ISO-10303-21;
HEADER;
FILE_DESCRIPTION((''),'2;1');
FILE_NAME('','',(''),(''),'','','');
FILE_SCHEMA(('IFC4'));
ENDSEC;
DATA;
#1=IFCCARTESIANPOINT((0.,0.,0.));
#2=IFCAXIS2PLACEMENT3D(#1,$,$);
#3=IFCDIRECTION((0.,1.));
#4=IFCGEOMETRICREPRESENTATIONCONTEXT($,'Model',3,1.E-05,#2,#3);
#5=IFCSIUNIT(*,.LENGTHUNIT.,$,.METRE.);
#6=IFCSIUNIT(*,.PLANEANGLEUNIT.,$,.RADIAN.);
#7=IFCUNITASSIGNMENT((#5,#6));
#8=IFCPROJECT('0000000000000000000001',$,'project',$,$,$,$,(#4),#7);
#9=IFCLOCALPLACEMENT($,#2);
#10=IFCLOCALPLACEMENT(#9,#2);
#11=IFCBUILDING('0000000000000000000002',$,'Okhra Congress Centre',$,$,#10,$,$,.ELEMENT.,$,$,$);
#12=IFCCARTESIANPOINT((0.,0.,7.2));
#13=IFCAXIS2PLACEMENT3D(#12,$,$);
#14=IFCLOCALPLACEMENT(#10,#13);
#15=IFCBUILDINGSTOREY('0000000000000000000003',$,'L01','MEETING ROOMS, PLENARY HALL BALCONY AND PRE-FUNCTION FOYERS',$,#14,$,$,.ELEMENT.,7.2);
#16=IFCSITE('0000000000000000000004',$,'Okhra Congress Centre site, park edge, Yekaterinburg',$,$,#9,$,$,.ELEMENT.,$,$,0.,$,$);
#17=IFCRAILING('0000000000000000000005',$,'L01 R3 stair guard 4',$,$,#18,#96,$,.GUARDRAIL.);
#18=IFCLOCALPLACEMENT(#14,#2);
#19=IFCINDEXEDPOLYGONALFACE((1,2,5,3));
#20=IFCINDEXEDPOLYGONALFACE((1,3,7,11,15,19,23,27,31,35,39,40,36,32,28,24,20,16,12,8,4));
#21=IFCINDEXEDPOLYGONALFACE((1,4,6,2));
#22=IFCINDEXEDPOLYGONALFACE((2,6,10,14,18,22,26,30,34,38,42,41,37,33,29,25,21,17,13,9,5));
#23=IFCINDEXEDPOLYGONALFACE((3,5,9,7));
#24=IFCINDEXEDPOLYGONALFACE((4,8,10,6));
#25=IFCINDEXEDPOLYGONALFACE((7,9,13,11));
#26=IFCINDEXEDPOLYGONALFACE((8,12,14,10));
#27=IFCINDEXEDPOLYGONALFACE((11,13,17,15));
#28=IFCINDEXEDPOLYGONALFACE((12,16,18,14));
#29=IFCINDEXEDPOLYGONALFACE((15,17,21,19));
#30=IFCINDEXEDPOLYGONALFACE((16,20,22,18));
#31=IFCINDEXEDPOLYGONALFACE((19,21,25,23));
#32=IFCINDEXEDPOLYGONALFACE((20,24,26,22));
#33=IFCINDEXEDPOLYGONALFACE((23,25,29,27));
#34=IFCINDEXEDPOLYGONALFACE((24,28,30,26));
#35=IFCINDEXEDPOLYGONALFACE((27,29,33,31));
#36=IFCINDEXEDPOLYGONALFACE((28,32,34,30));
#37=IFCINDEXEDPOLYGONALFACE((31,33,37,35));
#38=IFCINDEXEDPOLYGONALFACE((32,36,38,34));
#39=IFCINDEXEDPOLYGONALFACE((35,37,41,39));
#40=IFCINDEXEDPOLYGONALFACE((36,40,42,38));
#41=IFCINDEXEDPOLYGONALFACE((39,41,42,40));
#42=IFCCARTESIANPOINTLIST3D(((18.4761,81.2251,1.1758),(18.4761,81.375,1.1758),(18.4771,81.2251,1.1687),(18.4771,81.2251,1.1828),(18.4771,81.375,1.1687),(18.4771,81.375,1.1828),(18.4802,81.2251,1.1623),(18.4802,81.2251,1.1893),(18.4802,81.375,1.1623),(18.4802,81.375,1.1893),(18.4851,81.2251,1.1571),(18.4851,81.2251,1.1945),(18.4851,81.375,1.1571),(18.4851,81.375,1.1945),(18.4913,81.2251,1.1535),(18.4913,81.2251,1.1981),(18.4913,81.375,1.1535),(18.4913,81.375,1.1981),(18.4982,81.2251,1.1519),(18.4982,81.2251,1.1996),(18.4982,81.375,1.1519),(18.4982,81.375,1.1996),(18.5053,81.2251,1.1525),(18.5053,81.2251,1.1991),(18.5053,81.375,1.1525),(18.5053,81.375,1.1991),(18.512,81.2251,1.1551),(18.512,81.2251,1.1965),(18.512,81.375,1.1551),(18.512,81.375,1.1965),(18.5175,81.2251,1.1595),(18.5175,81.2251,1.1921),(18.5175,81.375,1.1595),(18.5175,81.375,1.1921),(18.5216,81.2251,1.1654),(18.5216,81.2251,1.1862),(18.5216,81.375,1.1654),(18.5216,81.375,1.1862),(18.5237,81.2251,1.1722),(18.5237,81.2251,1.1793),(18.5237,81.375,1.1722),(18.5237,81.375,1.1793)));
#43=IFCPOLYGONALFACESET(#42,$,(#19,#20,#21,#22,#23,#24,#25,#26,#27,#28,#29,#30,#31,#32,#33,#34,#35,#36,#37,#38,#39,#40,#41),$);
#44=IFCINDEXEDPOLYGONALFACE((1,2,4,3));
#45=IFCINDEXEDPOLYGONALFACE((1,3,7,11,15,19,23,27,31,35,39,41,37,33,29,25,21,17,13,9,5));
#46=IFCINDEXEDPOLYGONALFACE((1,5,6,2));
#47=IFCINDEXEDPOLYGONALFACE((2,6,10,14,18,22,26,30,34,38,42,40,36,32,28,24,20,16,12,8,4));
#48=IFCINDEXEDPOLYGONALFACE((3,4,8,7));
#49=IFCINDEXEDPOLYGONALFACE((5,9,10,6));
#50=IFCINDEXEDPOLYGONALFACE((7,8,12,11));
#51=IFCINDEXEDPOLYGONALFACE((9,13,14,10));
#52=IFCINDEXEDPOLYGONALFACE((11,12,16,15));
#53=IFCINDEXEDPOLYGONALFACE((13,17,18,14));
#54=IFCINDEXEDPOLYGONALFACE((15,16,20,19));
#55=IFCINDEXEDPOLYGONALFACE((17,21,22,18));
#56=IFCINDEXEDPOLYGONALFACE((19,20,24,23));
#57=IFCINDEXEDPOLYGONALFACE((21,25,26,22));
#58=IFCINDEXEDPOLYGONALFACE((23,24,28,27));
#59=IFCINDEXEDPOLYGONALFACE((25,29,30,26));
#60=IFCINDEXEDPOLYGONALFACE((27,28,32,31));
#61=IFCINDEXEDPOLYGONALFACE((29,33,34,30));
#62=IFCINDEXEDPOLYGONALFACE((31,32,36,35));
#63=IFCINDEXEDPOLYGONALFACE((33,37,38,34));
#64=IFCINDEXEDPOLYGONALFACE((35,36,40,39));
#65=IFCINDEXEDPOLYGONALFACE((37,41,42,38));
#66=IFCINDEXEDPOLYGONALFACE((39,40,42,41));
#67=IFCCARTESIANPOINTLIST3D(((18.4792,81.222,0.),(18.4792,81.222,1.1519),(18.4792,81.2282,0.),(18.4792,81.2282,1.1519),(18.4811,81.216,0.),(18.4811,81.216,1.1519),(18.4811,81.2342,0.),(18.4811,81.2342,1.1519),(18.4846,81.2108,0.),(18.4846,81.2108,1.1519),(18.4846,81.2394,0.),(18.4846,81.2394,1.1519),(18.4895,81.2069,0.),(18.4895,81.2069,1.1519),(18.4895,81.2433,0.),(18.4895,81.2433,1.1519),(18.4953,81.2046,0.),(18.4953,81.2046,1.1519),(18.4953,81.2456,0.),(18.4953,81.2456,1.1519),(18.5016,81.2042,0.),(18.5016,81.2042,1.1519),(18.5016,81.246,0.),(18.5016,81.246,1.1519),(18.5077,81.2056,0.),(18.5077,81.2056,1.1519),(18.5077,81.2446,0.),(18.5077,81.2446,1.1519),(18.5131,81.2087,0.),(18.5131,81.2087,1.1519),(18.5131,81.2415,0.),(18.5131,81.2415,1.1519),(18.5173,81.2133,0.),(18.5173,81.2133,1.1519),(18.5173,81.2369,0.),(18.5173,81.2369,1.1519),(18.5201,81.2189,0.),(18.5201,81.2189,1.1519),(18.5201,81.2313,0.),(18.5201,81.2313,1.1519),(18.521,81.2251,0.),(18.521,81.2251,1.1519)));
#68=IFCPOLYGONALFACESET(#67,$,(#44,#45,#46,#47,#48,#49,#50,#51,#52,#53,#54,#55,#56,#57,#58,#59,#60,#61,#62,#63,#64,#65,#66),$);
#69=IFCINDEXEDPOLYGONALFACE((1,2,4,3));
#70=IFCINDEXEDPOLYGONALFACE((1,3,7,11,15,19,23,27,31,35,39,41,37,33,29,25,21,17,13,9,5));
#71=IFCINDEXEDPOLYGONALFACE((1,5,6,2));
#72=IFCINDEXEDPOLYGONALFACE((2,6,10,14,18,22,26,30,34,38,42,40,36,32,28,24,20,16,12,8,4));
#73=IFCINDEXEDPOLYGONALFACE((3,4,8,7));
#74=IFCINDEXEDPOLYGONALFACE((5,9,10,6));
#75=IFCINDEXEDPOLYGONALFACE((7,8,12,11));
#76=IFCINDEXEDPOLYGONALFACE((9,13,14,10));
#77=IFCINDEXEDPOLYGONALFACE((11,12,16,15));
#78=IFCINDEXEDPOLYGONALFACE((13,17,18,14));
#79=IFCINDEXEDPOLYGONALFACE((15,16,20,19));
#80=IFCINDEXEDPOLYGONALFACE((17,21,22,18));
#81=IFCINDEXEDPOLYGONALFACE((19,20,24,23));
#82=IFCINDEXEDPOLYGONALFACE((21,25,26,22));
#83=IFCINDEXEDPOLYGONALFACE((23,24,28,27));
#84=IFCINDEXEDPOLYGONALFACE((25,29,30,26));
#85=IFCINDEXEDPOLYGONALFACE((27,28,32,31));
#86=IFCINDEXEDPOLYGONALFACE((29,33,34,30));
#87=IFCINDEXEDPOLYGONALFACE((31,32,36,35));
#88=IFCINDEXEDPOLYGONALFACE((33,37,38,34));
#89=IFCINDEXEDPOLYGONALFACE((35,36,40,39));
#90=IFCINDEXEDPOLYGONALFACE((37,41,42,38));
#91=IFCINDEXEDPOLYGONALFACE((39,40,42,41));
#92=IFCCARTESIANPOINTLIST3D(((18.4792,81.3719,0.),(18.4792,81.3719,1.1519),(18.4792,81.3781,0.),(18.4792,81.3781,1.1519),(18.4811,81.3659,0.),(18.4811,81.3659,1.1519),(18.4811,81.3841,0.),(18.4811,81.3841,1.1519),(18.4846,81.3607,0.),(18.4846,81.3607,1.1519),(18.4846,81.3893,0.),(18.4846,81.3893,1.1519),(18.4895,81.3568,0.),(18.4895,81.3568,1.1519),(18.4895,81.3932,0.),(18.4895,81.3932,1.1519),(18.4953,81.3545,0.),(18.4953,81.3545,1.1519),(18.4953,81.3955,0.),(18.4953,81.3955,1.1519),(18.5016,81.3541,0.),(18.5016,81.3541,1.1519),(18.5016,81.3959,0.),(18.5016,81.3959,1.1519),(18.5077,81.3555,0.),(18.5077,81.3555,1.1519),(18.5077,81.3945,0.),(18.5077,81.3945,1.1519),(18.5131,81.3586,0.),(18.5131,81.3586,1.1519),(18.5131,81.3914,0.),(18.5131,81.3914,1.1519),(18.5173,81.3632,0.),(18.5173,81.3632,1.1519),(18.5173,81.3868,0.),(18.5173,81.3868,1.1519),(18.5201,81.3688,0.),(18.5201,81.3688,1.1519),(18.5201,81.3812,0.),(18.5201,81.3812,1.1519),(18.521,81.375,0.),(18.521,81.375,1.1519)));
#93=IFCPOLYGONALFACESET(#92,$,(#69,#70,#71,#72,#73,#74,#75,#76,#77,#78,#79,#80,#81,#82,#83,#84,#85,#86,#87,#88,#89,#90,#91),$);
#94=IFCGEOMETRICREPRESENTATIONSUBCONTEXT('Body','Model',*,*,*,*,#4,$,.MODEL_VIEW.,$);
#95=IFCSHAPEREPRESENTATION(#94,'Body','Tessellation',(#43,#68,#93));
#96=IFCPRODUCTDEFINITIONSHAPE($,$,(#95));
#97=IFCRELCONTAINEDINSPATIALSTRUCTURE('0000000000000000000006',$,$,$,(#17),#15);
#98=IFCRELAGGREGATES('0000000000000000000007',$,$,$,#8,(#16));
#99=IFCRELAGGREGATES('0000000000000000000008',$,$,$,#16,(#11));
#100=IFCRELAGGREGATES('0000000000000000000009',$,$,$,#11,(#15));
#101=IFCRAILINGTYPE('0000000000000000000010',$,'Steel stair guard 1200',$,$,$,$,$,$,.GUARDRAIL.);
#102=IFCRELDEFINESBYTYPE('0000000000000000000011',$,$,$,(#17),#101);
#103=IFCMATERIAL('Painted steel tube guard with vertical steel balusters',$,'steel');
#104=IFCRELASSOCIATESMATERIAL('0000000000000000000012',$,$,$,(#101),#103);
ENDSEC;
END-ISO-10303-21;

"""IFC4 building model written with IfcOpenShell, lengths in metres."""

from ifc_helpers import new_model, si_unit, direction, frame, origin, origin_2d, place, context, subcontext, project, spatial, circle, extrude, material, type_object, element, save


model = new_model("IFC4")

# Units and contexts
model_context = context("Model", 3, precision=1e-05, world=origin(), true_north=direction((0.0, 1.0)))
body_context = subcontext(model_context, "Body", "Model", "MODEL_VIEW")
ifc_project = project(units=[si_unit("LENGTHUNIT", "METRE"), si_unit("PLANEANGLEUNIT", "RADIAN")], contexts=[model_context])

# Site, building, storey
site_placement = place(None, origin())
site = spatial("IfcSite", under=ifc_project, at=site_placement, Name="Okhra Congress Centre site, park edge, Yekaterinburg", CompositionType="ELEMENT", RefElevation=0.0)
building_placement = place(site_placement, origin())
building = spatial("IfcBuilding", under=site, at=building_placement, Name="Okhra Congress Centre", CompositionType="ELEMENT")
storey_placement = place(building_placement, frame((0.0, 0.0, 7.2)))
storey = spatial("IfcBuildingStorey", under=building, at=storey_placement, Name="L01", Description="MEETING ROOMS, PLENARY HALL BALCONY AND PRE-FUNCTION FOYERS", CompositionType="ELEMENT", Elevation=7.2)

# Railing
ifc_material_1 = material(Name="Painted steel tube guard with vertical steel balusters", Category="steel")
railing_type_1 = type_object("IfcRailingType", Name="Steel stair guard 1200", PredefinedType="GUARDRAIL", material=ifc_material_1)
railing_1_placement = place(storey_placement, frame((18.5, 81.2251, 0.0)))
element("IfcRailing", 1, at=railing_1_placement, inside=storey, type_object=railing_type_1, Name="L01 R3 stair guard 4", PredefinedType="GUARDRAIL", context=body_context, shape_type="SweptSolid", body=[
    extrude(circle(Radius=0.0239, at=origin_2d()), frame((0.0, 0.0, 1.1758), z_axis=(0.0, 1.0, 0.0), x_axis=(-1.0, 0.0, 0.0)), (0.0, 0.0, 1.0), 0.1499),
    extrude(circle(Radius=0.021, at=origin_2d()), origin(), (0.0, 0.0, 1.0), 1.1519),
    extrude(circle(Radius=0.021, at=origin_2d()), frame((0.0, 0.1499, 0.0)), (0.0, 0.0, 1.0), 1.1519),
])

save(model, "model.ifc")
